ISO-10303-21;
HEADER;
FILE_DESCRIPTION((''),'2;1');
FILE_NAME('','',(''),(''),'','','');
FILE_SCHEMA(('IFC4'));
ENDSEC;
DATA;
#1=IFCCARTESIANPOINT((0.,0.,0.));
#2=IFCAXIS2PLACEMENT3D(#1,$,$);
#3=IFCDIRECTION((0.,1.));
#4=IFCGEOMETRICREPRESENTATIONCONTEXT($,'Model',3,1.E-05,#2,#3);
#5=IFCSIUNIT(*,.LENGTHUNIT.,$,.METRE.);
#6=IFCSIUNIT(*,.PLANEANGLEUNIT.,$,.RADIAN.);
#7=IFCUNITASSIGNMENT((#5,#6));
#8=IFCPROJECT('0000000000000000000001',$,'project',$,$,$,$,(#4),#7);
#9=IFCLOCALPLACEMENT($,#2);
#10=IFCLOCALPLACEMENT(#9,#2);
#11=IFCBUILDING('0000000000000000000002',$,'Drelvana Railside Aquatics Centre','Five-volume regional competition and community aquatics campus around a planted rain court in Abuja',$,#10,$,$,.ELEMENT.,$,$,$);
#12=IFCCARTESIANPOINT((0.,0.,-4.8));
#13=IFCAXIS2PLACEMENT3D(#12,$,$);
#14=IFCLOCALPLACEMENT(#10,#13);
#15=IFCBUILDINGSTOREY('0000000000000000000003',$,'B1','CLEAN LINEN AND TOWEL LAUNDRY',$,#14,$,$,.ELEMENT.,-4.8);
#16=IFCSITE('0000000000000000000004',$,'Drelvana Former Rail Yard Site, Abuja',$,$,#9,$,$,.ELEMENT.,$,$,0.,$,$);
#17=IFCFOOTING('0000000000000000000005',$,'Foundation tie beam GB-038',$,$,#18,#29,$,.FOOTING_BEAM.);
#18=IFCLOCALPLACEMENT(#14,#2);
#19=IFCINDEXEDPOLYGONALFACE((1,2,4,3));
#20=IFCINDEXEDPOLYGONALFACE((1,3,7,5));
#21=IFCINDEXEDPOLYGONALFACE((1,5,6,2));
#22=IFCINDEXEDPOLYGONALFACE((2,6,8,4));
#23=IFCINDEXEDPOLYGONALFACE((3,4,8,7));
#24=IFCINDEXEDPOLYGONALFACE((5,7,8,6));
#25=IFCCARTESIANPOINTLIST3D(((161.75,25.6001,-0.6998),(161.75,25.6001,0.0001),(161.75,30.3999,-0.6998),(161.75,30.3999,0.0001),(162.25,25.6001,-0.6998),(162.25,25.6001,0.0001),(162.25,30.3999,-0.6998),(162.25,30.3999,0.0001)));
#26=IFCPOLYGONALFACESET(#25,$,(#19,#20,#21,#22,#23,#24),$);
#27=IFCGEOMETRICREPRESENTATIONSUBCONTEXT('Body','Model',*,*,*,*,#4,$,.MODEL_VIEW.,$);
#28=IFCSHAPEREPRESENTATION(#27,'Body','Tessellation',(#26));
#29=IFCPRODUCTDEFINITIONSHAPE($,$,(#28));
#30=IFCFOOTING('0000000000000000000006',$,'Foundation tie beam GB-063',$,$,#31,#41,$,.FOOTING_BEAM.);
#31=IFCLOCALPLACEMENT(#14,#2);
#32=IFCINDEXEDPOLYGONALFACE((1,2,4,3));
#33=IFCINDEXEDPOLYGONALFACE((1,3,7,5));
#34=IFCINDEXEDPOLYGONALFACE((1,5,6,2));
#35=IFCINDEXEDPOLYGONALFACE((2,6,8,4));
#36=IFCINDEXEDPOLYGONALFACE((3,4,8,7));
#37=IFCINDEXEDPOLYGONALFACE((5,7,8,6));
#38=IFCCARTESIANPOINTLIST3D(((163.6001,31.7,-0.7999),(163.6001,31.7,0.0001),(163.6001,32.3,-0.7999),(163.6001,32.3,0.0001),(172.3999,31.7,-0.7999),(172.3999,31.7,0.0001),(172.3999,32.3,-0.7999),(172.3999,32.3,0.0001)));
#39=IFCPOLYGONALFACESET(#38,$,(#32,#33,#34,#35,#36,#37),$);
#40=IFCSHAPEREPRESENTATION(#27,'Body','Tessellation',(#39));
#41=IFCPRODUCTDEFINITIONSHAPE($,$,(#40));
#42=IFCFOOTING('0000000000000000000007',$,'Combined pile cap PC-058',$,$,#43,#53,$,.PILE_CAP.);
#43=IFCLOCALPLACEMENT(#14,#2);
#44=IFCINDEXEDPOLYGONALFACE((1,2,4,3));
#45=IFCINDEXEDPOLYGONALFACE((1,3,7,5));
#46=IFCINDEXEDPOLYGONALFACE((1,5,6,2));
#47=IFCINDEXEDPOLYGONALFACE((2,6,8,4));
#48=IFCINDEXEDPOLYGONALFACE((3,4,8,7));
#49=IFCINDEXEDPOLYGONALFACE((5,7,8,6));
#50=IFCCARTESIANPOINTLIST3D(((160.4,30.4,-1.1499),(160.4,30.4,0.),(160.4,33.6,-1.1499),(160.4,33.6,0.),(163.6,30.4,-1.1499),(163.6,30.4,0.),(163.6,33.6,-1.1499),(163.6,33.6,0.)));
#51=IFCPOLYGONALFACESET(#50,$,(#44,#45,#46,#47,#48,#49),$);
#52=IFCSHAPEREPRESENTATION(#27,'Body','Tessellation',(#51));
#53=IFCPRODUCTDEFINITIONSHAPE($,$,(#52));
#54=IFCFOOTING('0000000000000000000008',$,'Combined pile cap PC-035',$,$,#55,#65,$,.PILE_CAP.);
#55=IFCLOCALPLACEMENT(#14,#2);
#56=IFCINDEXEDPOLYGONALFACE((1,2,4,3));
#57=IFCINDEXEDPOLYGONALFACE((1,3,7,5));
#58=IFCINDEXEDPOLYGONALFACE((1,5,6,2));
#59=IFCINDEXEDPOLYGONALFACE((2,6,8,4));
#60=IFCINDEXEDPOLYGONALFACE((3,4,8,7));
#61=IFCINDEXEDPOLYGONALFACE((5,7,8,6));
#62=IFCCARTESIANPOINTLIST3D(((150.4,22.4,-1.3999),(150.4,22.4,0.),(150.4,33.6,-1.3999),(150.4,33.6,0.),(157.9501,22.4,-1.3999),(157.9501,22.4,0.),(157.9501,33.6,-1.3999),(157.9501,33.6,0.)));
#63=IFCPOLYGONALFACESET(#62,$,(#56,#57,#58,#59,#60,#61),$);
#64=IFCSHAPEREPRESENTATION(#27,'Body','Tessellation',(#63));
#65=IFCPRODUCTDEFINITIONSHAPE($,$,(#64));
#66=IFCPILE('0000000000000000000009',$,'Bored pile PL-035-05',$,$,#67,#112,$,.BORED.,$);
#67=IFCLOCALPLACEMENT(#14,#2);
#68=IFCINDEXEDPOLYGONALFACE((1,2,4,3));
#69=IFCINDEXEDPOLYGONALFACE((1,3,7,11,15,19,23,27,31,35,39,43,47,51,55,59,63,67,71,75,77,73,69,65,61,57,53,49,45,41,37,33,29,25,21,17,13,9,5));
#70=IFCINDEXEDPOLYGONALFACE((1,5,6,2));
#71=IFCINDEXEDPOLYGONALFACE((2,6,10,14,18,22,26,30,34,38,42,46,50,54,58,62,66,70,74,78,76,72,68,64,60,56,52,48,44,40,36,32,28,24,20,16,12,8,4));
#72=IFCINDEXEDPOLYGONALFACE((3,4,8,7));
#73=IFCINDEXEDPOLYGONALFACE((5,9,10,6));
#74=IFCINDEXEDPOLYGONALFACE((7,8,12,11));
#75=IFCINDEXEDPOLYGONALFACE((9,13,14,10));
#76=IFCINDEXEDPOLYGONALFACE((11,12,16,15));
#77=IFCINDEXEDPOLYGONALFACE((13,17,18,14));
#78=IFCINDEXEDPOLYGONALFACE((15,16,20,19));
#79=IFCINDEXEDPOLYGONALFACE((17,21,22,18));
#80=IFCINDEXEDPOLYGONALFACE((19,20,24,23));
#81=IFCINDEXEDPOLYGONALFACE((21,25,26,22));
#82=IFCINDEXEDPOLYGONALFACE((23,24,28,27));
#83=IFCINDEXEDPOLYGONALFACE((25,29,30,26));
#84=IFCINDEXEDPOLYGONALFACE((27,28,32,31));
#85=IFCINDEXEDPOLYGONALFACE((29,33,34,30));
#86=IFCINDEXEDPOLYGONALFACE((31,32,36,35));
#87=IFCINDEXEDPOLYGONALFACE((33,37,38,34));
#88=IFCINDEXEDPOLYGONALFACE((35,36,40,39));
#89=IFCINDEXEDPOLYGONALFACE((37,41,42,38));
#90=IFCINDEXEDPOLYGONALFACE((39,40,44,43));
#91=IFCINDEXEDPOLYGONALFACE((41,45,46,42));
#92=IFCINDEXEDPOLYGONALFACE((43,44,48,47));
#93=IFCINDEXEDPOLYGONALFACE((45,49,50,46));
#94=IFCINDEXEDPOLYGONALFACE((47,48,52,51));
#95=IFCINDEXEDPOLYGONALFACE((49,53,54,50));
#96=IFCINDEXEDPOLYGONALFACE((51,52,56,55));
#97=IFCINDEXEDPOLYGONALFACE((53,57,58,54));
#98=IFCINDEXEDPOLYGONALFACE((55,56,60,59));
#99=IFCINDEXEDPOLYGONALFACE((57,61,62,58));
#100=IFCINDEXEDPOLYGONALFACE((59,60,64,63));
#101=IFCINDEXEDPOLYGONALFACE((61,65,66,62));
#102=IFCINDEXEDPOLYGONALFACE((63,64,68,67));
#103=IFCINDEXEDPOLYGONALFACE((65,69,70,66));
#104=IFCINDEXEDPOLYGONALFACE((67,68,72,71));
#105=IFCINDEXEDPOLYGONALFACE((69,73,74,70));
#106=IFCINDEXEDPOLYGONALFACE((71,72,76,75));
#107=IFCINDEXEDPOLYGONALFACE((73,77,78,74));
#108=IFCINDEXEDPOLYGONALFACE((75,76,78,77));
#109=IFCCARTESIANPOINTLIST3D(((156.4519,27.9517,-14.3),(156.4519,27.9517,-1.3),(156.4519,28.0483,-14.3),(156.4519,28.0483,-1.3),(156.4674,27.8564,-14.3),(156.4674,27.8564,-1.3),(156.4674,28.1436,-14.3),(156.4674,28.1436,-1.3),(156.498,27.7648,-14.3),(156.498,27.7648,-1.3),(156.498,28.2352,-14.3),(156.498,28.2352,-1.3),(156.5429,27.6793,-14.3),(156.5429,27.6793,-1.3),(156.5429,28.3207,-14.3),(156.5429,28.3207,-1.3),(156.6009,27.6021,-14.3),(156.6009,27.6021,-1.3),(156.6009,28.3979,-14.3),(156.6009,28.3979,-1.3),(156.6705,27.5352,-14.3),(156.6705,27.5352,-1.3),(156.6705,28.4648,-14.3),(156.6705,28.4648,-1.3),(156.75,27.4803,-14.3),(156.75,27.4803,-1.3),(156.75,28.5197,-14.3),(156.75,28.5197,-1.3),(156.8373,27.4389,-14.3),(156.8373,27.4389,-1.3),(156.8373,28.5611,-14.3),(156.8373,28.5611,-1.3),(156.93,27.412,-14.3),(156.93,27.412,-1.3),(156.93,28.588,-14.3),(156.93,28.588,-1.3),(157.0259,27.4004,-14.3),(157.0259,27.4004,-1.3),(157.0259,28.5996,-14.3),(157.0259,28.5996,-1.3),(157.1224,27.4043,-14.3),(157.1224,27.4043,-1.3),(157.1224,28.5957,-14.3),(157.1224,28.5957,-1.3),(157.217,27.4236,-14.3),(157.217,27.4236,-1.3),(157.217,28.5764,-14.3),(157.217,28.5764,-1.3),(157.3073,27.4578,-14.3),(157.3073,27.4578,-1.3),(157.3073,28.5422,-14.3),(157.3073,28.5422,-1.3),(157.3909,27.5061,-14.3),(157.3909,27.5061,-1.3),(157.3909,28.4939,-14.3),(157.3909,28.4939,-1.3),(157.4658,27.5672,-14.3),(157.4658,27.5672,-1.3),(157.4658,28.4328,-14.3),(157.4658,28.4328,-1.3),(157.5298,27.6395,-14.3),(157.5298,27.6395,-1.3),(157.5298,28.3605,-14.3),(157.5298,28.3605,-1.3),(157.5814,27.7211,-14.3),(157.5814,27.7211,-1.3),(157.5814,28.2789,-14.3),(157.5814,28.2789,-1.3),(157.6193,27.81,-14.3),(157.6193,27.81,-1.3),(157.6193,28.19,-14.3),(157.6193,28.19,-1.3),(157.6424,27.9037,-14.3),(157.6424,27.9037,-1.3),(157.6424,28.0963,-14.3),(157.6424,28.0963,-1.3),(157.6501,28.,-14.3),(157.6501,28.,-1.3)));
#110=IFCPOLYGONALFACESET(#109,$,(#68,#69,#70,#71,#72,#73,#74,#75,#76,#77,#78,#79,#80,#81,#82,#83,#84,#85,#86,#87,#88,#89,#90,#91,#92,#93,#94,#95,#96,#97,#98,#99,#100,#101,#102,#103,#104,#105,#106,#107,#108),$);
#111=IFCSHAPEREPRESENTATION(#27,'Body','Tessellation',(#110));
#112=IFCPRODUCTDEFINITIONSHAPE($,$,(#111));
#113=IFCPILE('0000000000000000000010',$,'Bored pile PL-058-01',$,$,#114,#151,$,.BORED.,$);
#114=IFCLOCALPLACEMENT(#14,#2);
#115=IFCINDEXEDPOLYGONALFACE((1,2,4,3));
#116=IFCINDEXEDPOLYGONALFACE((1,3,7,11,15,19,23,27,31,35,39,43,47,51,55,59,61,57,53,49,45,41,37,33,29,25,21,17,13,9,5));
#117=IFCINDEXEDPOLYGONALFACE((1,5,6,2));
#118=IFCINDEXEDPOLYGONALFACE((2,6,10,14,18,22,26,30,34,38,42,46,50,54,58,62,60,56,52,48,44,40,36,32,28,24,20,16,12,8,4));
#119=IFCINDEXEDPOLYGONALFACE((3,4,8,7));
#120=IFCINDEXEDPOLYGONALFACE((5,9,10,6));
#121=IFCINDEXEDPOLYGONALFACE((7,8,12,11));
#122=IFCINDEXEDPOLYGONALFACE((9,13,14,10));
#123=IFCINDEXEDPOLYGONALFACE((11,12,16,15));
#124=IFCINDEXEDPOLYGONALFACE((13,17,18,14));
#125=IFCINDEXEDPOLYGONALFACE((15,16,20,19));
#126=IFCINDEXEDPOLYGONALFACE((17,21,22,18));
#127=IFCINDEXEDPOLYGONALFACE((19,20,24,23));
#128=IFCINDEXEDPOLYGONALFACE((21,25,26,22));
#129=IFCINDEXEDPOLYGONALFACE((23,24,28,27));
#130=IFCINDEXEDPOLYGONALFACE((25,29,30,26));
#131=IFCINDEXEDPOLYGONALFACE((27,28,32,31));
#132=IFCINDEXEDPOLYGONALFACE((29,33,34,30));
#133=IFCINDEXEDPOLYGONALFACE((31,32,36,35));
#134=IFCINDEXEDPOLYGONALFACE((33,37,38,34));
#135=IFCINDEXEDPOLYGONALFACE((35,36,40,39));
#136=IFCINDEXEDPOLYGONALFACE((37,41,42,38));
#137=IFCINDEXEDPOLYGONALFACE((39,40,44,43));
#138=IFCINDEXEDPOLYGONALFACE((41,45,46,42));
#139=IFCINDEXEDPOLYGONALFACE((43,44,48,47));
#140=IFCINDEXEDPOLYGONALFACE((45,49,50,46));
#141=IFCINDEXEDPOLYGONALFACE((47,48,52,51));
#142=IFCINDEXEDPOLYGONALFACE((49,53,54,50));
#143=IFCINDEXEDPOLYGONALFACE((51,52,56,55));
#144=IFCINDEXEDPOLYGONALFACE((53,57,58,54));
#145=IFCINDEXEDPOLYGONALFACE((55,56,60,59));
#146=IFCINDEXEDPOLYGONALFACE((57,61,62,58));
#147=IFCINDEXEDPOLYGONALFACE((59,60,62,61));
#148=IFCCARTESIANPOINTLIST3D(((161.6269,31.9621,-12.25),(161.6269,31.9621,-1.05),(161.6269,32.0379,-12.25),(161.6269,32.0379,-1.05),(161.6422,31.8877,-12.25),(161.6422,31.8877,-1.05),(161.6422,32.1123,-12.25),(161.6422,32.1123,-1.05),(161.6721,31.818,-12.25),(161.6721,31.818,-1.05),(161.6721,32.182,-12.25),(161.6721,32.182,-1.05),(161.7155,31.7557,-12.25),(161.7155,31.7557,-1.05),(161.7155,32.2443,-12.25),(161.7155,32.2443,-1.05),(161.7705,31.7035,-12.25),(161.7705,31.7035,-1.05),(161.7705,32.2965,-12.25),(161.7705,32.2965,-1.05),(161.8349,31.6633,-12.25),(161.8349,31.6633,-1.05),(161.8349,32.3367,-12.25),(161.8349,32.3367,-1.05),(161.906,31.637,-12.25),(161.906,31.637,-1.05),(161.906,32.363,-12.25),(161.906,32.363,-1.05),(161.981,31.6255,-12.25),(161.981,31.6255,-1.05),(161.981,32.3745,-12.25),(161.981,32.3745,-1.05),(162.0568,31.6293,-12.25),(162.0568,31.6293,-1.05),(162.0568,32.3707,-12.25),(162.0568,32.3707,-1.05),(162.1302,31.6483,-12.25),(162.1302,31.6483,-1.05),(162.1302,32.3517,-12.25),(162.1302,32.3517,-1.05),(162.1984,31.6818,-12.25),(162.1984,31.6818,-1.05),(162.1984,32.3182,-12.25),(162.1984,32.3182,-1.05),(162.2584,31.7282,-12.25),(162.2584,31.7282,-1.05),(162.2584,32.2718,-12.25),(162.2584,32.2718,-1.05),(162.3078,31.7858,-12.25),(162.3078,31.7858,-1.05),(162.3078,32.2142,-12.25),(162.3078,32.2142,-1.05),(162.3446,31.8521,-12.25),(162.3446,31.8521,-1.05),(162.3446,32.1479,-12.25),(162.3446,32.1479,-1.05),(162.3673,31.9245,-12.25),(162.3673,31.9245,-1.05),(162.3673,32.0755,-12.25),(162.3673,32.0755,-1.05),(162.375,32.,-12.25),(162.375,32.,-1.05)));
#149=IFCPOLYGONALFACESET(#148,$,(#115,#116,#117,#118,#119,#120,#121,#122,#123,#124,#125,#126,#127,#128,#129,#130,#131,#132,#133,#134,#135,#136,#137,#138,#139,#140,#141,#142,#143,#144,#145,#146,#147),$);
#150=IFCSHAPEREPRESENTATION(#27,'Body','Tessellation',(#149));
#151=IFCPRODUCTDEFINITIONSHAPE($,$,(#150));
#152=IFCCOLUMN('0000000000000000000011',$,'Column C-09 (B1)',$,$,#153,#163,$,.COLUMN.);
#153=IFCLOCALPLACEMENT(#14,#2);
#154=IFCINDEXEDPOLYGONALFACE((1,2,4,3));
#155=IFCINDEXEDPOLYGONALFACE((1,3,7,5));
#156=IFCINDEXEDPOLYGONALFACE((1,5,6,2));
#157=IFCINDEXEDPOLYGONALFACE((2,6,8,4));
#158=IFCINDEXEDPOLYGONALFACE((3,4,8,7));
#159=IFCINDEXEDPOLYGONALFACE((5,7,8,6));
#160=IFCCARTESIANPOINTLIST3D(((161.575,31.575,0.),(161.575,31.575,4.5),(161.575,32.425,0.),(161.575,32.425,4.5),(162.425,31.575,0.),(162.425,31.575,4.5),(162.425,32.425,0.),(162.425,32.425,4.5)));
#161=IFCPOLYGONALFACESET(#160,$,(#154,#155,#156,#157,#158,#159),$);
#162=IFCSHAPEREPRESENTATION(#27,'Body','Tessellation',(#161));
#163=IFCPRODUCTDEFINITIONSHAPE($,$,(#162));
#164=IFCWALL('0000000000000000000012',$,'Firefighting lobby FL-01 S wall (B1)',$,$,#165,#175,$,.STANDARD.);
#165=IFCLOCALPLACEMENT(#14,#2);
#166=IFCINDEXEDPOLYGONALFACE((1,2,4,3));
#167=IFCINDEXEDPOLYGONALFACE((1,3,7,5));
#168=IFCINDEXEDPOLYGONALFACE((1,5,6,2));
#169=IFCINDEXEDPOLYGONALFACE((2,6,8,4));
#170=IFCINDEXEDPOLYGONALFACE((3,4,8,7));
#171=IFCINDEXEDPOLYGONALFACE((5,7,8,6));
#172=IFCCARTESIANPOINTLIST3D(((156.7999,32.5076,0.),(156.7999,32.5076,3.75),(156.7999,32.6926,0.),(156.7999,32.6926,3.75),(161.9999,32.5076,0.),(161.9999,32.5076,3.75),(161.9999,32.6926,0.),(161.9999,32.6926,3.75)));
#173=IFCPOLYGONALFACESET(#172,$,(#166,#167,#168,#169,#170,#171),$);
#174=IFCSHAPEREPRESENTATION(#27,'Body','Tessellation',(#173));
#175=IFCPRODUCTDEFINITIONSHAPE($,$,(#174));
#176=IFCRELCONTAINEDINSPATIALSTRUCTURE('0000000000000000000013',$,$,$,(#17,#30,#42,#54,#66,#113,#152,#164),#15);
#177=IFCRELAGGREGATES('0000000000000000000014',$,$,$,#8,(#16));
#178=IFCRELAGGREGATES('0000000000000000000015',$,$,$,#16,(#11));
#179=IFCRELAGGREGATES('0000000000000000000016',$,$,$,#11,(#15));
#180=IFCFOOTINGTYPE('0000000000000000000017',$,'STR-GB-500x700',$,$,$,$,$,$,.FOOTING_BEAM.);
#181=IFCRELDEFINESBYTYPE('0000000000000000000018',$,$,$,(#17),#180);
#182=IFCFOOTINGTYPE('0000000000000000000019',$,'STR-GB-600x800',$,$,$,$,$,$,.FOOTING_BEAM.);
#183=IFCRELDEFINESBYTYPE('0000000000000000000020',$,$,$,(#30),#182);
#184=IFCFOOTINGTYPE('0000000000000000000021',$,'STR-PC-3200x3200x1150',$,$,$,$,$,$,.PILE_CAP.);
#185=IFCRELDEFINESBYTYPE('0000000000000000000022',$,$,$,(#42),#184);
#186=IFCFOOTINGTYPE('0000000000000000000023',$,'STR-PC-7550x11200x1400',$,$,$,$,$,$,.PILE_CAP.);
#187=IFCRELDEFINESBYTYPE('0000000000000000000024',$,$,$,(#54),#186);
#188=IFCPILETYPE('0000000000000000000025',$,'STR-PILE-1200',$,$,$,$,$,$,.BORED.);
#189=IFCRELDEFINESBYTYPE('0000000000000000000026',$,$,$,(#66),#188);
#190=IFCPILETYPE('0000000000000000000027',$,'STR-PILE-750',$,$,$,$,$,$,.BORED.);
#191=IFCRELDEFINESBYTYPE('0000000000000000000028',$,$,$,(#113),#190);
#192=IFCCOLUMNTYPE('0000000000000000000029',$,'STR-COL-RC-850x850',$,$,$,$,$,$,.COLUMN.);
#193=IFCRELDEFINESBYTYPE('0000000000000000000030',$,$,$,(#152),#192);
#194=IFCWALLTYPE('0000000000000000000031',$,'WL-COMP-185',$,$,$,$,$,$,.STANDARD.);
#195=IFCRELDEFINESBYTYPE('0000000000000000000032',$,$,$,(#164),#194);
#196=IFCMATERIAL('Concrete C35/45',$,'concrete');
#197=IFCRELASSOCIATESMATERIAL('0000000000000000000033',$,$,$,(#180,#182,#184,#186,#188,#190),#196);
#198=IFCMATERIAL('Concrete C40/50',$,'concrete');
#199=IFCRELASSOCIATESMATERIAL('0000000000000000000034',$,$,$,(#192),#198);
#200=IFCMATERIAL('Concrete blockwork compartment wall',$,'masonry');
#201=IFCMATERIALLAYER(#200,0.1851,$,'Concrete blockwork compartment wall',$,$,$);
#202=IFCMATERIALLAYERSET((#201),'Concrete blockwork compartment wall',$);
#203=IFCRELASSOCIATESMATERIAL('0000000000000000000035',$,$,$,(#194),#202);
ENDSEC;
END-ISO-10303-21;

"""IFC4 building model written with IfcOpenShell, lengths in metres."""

from ifc_helpers import new_model, si_unit, direction, frame, frame_2d, origin, origin_2d, place, context, subcontext, project, spatial, rectangle, circle, extrude, material, layer, layer_set, material_profile, profile_set, type_object, element, save


model = new_model("IFC4")

# Units and contexts
model_context = context("Model", 3, precision=1e-05, world=origin(), true_north=direction((0.0, 1.0)))
body_context = subcontext(model_context, "Body", "Model", "MODEL_VIEW")
ifc_project = project(units=[si_unit("LENGTHUNIT", "METRE"), si_unit("PLANEANGLEUNIT", "RADIAN")], contexts=[model_context])

# Site, building, storey
site_placement = place(None, origin())
site = spatial("IfcSite", under=ifc_project, at=site_placement, Name="Drelvana Former Rail Yard Site, Abuja", CompositionType="ELEMENT", RefElevation=0.0)
building_placement = place(site_placement, origin())
building = spatial("IfcBuilding", under=site, at=building_placement, Name="Drelvana Railside Aquatics Centre", Description="Five-volume regional competition and community aquatics campus around a planted rain court in Abuja", CompositionType="ELEMENT")
storey_placement = place(building_placement, frame((0.0, 0.0, -4.8)))
storey = spatial("IfcBuildingStorey", under=building, at=storey_placement, Name="B1", Description="CLEAN LINEN AND TOWEL LAUNDRY", CompositionType="ELEMENT", Elevation=-4.8)

# Footings
ifc_material_1 = material(Name="Concrete C35/45", Category="concrete")
ifc_material_profile_1 = material_profile(ifc_material_1, rectangle(XDim=0.5, YDim=0.7, at=origin_2d()), Name="GB 500x700")
ifc_profile_set_1 = profile_set([ifc_material_profile_1], Name="Concrete C35/45")
footing_type_1 = type_object("IfcFootingType", Name="STR-GB-500x700", PredefinedType="FOOTING_BEAM", material=ifc_profile_set_1)
footing_1_placement = place(storey_placement, frame((162.0, 25.6001, -0.3499), z_axis=(0.0, 1.0, 0.0), x_axis=(-1.0, 0.0, 0.0)))
element("IfcFooting", 1, at=footing_1_placement, inside=storey, type_object=footing_type_1, Name="Foundation tie beam GB-038", PredefinedType="FOOTING_BEAM", context=body_context, shape_type="SweptSolid", body=[
    extrude(rectangle(XDim=0.5, YDim=0.7, at=origin_2d()), origin(), (0.0, 0.0, 1.0), 4.7998),
])
ifc_material_profile_2 = material_profile(ifc_material_1, rectangle(XDim=0.6001, YDim=0.8, at=origin_2d()), Name="GB 600x800")
ifc_profile_set_2 = profile_set([ifc_material_profile_2], Name="Concrete C35/45")
footing_type_2 = type_object("IfcFootingType", Name="STR-GB-600x800", PredefinedType="FOOTING_BEAM", material=ifc_profile_set_2)
footing_2_placement = place(storey_placement, frame((163.6001, 32.0, -0.3999), z_axis=(1.0, 0.0, 0.0), x_axis=(0.0, 1.0, 0.0)))
element("IfcFooting", 2, at=footing_2_placement, inside=storey, type_object=footing_type_2, Name="Foundation tie beam GB-063", PredefinedType="FOOTING_BEAM", context=body_context, shape_type="SweptSolid", body=[
    extrude(rectangle(XDim=0.6001, YDim=0.8, at=origin_2d()), origin(), (0.0, 0.0, 1.0), 8.7998),
])
footing_type_3 = type_object("IfcFootingType", Name="STR-PC-3200x3200x1150", PredefinedType="PILE_CAP", material=ifc_material_1)
footing_3_placement = place(storey_placement, frame((162.0, 32.0, -1.1499), z_axis=(0.0, 0.0, 1.0), x_axis=(1.0, 0.0, 0.0)))
element("IfcFooting", 3, at=footing_3_placement, inside=storey, type_object=footing_type_3, Name="Combined pile cap PC-058", PredefinedType="PILE_CAP", context=body_context, shape_type="SweptSolid", body=[
    extrude(rectangle(XDim=3.2, YDim=3.2, at=origin_2d()), origin(), (0.0, 0.0, 1.0), 1.1499),
])
footing_type_4 = type_object("IfcFootingType", Name="STR-PC-7550x11200x1400", PredefinedType="PILE_CAP", material=ifc_material_1)
footing_4_placement = place(storey_placement, frame((154.175, 28.0, -1.3999), z_axis=(0.0, 0.0, 1.0), x_axis=(1.0, 0.0, 0.0)))
element("IfcFooting", 4, at=footing_4_placement, inside=storey, type_object=footing_type_4, Name="Combined pile cap PC-035", PredefinedType="PILE_CAP", context=body_context, shape_type="SweptSolid", body=[
    extrude(rectangle(XDim=7.55, YDim=11.2, at=origin_2d()), origin(), (0.0, 0.0, 1.0), 1.3999),
])

# Piles
ifc_material_profile_3 = material_profile(ifc_material_1, circle(Radius=0.6001, at=origin_2d()), Name="PILE D1200")
ifc_profile_set_3 = profile_set([ifc_material_profile_3], Name="Concrete C35/45")
pile_type_1 = type_object("IfcPileType", Name="STR-PILE-1200", PredefinedType="BORED", material=ifc_profile_set_3)
pile_1_placement = place(storey_placement, frame((157.05, 28.0, -1.3), z_axis=(0.0, 0.0, -1.0), x_axis=(1.0, 0.0, 0.0)))
element("IfcPile", 5, at=pile_1_placement, inside=storey, type_object=pile_type_1, Name="Bored pile PL-035-05", PredefinedType="BORED", context=body_context, shape_type="SweptSolid", body=[
    extrude(circle(Radius=0.6001, at=origin_2d()), origin(), (0.0, 0.0, 1.0), 13.0),
])
ifc_material_profile_4 = material_profile(ifc_material_1, circle(Radius=0.375, at=origin_2d()), Name="PILE D750")
ifc_profile_set_4 = profile_set([ifc_material_profile_4], Name="Concrete C35/45")
pile_type_2 = type_object("IfcPileType", Name="STR-PILE-750", PredefinedType="BORED", material=ifc_profile_set_4)
pile_2_placement = place(storey_placement, frame((162.0, 32.0, -1.05), z_axis=(0.0, 0.0, -1.0), x_axis=(1.0, 0.0, 0.0)))
element("IfcPile", 6, at=pile_2_placement, inside=storey, type_object=pile_type_2, Name="Bored pile PL-058-01", PredefinedType="BORED", context=body_context, shape_type="SweptSolid", body=[
    extrude(circle(Radius=0.375, at=origin_2d()), origin(), (0.0, 0.0, 1.0), 11.2),
])

# Column
ifc_material_2 = material(Name="Concrete C40/50", Category="concrete")
ifc_material_profile_5 = material_profile(ifc_material_2, rectangle(XDim=0.8501, YDim=0.8501, at=origin_2d()), Name="RC 850x850")
ifc_profile_set_5 = profile_set([ifc_material_profile_5], Name="Concrete C40/50")
column_type = type_object("IfcColumnType", Name="STR-COL-RC-850x850", PredefinedType="COLUMN", material=ifc_profile_set_5)
column_placement = place(storey_placement, frame((162.0, 32.0, 0.0), z_axis=(0.0, 0.0, 1.0), x_axis=(1.0, 0.0, 0.0)))
element("IfcColumn", 7, at=column_placement, inside=storey, type_object=column_type, Name="Column C-09 (B1)", PredefinedType="COLUMN", context=body_context, shape_type="SweptSolid", body=[
    extrude(rectangle(XDim=0.8501, YDim=0.8501, at=origin_2d()), origin(), (0.0, 0.0, 1.0), 4.5),
])

# Wall
ifc_material_3 = material(Name="Concrete blockwork compartment wall", Category="masonry")
ifc_layer_1 = layer(ifc_material_3, 0.1851, Name="Concrete blockwork compartment wall")
ifc_layer_set_1 = layer_set([ifc_layer_1], Name="Concrete blockwork compartment wall")
wall_type_1 = type_object("IfcWallType", Name="WL-COMP-185", PredefinedType="STANDARD", material=ifc_layer_set_1)
wall_1_placement = place(storey_placement, frame((162.0, 32.6001, 0.0), z_axis=(0.0, 0.0, 1.0), x_axis=(-1.0, 0.0, 0.0)))
element("IfcWall", 8, at=wall_1_placement, inside=storey, type_object=wall_type_1, Name="Firefighting lobby FL-01 S wall (B1)", PredefinedType="STANDARD", context=body_context, shape_type="SweptSolid", body=[
    extrude(rectangle(XDim=5.2, YDim=0.1851, at=frame_2d((2.6001, 0.0))), origin(), (0.0, 0.0, 1.0), 3.75),
])

save(model, "model.ifc")
